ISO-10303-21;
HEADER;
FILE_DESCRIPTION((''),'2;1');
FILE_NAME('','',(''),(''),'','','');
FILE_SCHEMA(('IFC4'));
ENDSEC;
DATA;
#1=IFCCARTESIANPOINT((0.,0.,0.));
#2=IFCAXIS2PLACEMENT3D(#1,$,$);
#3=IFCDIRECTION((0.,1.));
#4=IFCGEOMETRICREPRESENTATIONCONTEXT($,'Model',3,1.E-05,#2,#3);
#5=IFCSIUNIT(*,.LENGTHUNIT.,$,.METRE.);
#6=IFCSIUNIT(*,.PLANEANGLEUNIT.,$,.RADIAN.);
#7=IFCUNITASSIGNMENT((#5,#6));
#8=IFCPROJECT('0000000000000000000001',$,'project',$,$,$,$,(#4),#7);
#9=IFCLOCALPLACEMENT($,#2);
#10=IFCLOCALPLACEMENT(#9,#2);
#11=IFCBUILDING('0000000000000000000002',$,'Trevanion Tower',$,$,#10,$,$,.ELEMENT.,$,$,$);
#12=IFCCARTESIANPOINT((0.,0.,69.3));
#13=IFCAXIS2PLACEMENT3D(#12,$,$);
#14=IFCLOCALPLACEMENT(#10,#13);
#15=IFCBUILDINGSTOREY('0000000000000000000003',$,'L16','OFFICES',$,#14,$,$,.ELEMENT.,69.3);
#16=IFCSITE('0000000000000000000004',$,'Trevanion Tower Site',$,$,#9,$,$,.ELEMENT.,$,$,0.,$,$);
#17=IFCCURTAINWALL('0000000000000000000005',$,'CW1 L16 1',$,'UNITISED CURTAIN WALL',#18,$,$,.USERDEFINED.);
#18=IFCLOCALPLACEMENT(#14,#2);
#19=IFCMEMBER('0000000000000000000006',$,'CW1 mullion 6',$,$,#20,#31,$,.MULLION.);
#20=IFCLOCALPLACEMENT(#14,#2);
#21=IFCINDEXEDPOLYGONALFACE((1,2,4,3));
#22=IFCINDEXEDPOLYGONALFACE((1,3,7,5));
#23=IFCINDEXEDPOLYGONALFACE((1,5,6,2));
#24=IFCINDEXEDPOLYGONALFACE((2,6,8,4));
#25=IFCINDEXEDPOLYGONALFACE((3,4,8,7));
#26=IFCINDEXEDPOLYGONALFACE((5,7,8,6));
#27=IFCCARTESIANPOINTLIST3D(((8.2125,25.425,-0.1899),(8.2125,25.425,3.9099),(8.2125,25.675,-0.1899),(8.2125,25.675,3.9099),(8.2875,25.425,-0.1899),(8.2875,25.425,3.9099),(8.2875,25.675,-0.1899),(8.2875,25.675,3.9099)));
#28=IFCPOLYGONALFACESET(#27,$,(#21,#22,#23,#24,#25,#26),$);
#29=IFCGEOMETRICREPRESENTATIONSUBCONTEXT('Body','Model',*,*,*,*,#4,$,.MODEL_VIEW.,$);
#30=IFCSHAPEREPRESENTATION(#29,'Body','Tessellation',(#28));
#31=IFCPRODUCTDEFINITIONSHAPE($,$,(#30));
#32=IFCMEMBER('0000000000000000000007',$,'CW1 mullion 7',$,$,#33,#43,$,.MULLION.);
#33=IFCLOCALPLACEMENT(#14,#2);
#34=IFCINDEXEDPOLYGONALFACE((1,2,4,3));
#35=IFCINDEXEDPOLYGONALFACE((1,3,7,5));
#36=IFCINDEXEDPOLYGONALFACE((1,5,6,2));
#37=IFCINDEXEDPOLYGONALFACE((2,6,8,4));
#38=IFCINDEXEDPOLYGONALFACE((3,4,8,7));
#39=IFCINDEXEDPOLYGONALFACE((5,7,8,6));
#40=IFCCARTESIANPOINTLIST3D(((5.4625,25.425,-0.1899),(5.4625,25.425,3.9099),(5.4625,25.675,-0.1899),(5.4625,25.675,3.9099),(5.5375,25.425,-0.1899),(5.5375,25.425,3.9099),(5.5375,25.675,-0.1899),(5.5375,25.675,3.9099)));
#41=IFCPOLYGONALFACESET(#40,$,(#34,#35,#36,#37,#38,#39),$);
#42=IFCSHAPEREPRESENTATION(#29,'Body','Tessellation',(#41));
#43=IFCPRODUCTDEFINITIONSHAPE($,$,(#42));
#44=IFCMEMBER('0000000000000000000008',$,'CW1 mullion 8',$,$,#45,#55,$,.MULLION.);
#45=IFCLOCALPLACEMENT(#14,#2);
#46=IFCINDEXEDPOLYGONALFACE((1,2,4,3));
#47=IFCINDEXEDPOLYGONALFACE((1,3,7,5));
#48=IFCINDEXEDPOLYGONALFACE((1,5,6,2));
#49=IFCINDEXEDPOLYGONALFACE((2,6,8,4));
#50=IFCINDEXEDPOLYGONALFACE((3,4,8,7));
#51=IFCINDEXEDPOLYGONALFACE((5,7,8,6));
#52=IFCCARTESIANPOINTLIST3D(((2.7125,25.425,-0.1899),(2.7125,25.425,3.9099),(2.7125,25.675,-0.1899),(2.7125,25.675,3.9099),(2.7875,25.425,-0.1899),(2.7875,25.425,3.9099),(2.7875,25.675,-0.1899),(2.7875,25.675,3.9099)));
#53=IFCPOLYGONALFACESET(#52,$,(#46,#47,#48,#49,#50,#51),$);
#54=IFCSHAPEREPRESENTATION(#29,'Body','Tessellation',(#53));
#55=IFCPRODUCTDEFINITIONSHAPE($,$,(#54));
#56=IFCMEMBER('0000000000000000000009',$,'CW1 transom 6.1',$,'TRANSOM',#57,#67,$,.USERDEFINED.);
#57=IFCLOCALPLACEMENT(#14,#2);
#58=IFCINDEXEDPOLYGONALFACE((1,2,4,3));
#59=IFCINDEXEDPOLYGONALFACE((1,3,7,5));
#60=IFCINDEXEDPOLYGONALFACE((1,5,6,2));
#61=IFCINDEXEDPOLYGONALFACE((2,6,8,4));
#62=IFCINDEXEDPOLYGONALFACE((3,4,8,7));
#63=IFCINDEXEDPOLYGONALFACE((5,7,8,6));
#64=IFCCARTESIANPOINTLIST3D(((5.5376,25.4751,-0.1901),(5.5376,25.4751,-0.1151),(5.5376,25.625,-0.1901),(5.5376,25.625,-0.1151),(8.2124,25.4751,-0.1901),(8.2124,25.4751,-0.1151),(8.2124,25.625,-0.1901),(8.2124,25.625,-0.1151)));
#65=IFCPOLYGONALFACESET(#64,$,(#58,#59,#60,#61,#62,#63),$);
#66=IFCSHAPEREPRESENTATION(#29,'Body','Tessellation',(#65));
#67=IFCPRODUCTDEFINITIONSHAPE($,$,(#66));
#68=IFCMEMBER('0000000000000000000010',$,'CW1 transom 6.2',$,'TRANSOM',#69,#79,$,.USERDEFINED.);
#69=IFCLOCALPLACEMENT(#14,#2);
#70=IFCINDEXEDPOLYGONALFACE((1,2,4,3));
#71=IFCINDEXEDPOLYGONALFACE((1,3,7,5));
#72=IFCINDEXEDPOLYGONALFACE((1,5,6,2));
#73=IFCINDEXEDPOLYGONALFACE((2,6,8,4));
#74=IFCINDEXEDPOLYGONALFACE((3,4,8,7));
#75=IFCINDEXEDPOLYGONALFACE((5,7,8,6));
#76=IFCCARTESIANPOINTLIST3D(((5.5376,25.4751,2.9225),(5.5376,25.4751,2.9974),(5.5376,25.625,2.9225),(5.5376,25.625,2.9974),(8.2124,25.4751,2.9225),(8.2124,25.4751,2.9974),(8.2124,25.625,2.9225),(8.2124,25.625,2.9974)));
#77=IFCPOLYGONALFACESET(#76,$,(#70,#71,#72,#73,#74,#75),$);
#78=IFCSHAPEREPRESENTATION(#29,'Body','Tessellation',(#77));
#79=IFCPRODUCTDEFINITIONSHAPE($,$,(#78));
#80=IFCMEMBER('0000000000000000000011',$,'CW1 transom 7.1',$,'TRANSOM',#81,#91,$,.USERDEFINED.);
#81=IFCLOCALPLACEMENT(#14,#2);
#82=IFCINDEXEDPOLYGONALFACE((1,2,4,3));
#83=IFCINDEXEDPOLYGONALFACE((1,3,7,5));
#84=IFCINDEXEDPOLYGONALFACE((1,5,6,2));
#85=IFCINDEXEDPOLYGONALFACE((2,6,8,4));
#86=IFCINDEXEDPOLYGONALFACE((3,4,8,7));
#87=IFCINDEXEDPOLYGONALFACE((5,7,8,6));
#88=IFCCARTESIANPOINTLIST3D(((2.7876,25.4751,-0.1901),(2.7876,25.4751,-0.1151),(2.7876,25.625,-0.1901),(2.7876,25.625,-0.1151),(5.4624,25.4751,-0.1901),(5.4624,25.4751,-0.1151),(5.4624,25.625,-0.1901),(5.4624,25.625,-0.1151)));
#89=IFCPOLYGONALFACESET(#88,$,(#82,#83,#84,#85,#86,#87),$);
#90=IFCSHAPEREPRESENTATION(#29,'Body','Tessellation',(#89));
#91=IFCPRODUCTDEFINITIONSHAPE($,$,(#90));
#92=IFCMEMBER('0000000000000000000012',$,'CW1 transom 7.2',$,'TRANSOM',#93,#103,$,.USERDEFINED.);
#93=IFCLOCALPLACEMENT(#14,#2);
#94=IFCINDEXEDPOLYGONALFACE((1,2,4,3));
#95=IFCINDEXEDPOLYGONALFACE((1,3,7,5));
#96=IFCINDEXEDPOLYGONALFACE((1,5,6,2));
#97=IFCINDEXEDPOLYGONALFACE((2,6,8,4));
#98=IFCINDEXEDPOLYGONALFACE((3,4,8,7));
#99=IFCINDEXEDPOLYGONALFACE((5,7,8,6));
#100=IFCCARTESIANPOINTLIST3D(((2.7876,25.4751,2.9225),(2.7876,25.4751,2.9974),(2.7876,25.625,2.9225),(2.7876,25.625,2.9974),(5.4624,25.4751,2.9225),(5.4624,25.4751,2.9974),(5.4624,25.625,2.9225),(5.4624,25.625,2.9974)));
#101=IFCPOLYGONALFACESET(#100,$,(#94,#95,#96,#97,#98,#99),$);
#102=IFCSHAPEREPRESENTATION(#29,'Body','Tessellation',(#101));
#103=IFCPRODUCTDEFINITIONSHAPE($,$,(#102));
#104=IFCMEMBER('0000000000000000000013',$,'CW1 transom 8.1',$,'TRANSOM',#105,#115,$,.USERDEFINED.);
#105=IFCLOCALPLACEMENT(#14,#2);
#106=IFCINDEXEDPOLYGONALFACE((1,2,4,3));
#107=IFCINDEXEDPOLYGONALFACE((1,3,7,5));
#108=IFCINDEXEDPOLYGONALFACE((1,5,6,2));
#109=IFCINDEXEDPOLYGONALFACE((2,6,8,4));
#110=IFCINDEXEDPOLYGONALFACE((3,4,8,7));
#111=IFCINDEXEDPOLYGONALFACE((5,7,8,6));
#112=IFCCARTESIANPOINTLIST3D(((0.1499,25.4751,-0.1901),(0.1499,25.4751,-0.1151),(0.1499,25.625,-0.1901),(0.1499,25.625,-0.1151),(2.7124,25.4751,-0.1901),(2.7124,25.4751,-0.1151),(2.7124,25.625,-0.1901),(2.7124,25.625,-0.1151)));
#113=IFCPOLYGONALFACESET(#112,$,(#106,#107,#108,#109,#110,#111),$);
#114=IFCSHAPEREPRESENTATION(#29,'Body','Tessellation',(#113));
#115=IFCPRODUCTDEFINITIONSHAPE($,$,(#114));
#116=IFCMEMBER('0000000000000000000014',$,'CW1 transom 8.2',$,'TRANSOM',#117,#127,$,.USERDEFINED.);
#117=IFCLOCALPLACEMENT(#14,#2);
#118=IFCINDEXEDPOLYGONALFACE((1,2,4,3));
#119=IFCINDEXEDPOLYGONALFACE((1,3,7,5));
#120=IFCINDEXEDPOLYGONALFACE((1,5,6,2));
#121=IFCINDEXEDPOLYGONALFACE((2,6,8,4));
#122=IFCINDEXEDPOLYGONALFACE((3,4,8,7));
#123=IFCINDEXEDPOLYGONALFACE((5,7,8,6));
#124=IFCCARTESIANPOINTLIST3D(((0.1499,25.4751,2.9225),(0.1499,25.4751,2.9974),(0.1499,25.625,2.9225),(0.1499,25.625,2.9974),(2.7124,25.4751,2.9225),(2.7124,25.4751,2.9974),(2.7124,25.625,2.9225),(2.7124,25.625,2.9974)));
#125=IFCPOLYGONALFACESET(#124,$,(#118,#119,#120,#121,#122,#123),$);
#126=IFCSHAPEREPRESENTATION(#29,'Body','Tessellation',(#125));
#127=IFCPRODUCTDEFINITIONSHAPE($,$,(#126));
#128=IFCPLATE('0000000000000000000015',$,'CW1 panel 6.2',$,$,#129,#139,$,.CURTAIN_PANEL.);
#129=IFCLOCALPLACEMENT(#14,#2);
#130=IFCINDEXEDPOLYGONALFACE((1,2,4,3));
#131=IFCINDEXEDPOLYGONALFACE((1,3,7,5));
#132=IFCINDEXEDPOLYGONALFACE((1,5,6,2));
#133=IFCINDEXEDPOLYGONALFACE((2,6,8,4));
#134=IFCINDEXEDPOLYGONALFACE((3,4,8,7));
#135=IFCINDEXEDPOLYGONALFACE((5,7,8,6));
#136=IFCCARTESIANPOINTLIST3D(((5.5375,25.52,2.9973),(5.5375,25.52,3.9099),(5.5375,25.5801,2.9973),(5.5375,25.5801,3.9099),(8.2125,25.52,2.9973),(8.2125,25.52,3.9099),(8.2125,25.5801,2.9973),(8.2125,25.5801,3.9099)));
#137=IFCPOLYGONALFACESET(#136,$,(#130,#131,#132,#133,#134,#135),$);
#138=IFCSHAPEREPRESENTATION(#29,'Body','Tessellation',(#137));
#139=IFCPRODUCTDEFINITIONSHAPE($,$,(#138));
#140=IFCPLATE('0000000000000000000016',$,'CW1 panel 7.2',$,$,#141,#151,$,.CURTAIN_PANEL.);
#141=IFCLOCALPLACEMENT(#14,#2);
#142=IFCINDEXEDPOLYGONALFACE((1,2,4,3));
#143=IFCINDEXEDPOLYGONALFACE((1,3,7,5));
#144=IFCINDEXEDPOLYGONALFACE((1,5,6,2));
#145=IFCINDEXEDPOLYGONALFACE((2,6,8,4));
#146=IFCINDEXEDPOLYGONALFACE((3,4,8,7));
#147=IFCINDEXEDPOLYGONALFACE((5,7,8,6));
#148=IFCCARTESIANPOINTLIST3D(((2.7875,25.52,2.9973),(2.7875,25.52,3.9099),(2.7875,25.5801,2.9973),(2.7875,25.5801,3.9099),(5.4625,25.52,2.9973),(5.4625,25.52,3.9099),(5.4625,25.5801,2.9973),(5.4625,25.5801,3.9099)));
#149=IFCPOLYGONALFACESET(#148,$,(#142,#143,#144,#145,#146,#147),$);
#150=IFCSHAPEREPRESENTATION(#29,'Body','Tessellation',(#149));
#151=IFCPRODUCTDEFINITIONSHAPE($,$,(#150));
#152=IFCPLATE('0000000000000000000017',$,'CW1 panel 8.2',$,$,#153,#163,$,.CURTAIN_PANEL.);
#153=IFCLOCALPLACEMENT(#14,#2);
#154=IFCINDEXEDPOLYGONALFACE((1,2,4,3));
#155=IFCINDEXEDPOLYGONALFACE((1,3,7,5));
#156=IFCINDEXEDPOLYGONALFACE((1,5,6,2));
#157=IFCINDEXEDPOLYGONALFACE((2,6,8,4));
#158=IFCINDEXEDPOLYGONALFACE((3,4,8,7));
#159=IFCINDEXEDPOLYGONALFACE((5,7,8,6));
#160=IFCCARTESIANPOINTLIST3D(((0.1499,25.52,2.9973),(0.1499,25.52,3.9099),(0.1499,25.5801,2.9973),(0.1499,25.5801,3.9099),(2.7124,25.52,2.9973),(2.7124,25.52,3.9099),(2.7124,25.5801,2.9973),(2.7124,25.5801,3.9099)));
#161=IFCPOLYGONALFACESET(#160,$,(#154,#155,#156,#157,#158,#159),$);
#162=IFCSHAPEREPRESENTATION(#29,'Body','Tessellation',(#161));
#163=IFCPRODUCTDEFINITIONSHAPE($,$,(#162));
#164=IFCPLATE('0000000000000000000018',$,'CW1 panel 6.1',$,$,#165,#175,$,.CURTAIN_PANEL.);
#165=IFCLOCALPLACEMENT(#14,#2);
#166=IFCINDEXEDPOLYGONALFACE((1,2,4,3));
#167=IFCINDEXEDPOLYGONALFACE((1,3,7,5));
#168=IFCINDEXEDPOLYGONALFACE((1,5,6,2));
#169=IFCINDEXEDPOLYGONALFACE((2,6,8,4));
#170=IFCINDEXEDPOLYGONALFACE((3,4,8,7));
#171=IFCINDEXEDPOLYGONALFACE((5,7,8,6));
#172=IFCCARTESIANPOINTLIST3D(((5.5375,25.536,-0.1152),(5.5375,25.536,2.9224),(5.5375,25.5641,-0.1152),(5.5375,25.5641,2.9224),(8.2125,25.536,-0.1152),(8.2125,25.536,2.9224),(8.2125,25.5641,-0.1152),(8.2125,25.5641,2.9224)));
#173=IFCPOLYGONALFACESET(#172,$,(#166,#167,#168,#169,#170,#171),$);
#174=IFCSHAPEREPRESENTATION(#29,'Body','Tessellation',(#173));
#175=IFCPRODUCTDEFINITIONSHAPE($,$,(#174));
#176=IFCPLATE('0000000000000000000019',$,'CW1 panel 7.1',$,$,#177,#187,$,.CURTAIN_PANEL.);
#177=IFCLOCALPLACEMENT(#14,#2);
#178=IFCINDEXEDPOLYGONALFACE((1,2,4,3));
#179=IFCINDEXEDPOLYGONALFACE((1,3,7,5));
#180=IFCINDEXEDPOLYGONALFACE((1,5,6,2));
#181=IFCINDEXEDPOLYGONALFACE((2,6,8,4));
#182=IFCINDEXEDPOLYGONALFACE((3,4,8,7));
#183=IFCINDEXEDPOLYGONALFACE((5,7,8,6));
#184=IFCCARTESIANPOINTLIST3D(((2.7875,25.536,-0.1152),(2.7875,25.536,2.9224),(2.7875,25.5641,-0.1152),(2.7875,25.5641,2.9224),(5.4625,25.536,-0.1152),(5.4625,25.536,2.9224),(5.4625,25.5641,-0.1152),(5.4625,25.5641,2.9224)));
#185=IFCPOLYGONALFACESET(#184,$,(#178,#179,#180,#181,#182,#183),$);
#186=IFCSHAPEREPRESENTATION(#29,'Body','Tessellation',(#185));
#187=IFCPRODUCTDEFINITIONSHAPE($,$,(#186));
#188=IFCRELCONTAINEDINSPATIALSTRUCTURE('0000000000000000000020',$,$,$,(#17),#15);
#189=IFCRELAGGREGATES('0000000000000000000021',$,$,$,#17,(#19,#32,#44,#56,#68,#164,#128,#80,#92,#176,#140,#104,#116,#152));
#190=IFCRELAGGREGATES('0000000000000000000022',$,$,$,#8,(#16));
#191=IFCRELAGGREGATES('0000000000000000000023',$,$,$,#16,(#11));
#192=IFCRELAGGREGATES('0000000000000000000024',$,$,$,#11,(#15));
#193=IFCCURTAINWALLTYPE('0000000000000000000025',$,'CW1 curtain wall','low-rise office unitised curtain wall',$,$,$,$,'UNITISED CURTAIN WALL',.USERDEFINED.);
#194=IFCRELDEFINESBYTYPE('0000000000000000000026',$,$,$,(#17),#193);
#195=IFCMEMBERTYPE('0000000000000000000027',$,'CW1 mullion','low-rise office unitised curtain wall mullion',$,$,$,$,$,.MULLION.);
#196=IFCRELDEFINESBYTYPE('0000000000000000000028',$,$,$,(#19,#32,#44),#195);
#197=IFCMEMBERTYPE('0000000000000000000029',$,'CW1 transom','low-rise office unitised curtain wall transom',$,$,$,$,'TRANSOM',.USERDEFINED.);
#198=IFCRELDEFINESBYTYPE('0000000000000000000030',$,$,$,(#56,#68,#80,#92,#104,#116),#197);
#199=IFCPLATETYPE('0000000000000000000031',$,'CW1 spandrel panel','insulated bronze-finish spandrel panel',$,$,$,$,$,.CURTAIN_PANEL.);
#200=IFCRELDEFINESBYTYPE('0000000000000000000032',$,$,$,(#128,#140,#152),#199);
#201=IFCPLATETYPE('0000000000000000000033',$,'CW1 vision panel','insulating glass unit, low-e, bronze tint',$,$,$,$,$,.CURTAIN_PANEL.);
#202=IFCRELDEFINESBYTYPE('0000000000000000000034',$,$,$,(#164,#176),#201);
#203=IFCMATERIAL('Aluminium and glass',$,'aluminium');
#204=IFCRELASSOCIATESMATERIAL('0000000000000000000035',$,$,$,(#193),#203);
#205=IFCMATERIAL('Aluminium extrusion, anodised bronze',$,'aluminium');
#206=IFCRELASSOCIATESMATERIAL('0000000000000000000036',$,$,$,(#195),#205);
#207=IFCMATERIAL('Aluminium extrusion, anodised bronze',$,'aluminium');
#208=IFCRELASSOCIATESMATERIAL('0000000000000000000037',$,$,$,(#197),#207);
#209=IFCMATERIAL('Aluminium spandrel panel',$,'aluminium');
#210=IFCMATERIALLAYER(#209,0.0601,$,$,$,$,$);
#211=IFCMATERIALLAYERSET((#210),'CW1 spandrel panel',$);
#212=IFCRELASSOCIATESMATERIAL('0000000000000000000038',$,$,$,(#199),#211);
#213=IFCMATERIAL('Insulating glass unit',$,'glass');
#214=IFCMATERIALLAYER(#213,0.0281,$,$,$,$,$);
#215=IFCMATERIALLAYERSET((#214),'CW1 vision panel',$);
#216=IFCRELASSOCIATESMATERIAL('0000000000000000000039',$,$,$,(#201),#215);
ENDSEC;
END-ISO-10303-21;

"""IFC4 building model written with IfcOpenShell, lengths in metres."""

from ifc_helpers import new_model, si_unit, direction, frame, origin, origin_2d, place, context, subcontext, project, spatial, rectangle, extrude, material, layer, layer_set, material_profile, profile_set, type_object, element, aggregate, save


model = new_model("IFC4")

# Units and contexts
model_context = context("Model", 3, precision=1e-05, world=origin(), true_north=direction((0.0, 1.0)))
body_context = subcontext(model_context, "Body", "Model", "MODEL_VIEW")
ifc_project = project(units=[si_unit("LENGTHUNIT", "METRE"), si_unit("PLANEANGLEUNIT", "RADIAN")], contexts=[model_context])

# Site, building, storey
site_placement = place(None, origin())
site = spatial("IfcSite", under=ifc_project, at=site_placement, Name="Trevanion Tower Site", CompositionType="ELEMENT", RefElevation=0.0)
building_placement = place(site_placement, origin())
building = spatial("IfcBuilding", under=site, at=building_placement, Name="Trevanion Tower", CompositionType="ELEMENT")
storey_placement = place(building_placement, frame((0.0, 0.0, 69.3)))
storey = spatial("IfcBuildingStorey", under=building, at=storey_placement, Name="L16", Description="OFFICES", CompositionType="ELEMENT", Elevation=69.3)

# Curtain wall, members, plates
ifc_material_1 = material(Name="Aluminium and glass", Category="aluminium")
curtain_wall_type = type_object("IfcCurtainWallType", Name="CW1 curtain wall", Description="low-rise office unitised curtain wall", ElementType="UNITISED CURTAIN WALL", PredefinedType="USERDEFINED", material=ifc_material_1)
curtain_wall_placement = place(storey_placement, origin())
curtain_wall = element("IfcCurtainWall", 1, at=curtain_wall_placement, inside=storey, type_object=curtain_wall_type, Name="CW1 L16 1", ObjectType="UNITISED CURTAIN WALL", PredefinedType="USERDEFINED")
ifc_material_2 = material(Name="Aluminium extrusion, anodised bronze", Category="aluminium")
ifc_material_profile_1 = material_profile(ifc_material_2, rectangle(XDim=0.075, YDim=0.25, at=origin_2d()), Name="CW1 mullion")
ifc_profile_set_1 = profile_set([ifc_material_profile_1], Name="Aluminium extrusion, anodised bronze")
member_type_1 = type_object("IfcMemberType", Name="CW1 mullion", Description="low-rise office unitised curtain wall mullion", PredefinedType="MULLION", material=ifc_profile_set_1)
member_1_placement = place(storey_placement, frame((8.25, 25.55, -0.1899), z_axis=(0.0, 0.0, 1.0), x_axis=(-1.0, 0.0, 0.0)))
member_1 = element("IfcMember", 2, at=member_1_placement, type_object=member_type_1, Name="CW1 mullion 6", PredefinedType="MULLION", context=body_context, shape_type="SweptSolid", body=[
    extrude(rectangle(XDim=0.075, YDim=0.25, at=origin_2d()), origin(), (0.0, 0.0, 1.0), 4.0999),
])
member_2_placement = place(storey_placement, frame((5.5, 25.55, -0.1899), z_axis=(0.0, 0.0, 1.0), x_axis=(-1.0, 0.0, 0.0)))
member_2 = element("IfcMember", 3, at=member_2_placement, type_object=member_type_1, Name="CW1 mullion 7", PredefinedType="MULLION", context=body_context, shape_type="SweptSolid", body=[
    extrude(rectangle(XDim=0.075, YDim=0.25, at=origin_2d()), origin(), (0.0, 0.0, 1.0), 4.0999),
])
member_3_placement = place(storey_placement, frame((2.75, 25.55, -0.1899), z_axis=(0.0, 0.0, 1.0), x_axis=(-1.0, 0.0, 0.0)))
member_3 = element("IfcMember", 4, at=member_3_placement, type_object=member_type_1, Name="CW1 mullion 8", PredefinedType="MULLION", context=body_context, shape_type="SweptSolid", body=[
    extrude(rectangle(XDim=0.075, YDim=0.25, at=origin_2d()), origin(), (0.0, 0.0, 1.0), 4.0999),
])
ifc_material_3 = material(Name="Aluminium extrusion, anodised bronze", Category="aluminium")
ifc_material_profile_2 = material_profile(ifc_material_3, rectangle(XDim=0.1499, YDim=0.075, at=origin_2d()), Name="CW1 transom")
ifc_profile_set_2 = profile_set([ifc_material_profile_2], Name="Aluminium extrusion, anodised bronze")
member_type_2 = type_object("IfcMemberType", Name="CW1 transom", Description="low-rise office unitised curtain wall transom", ElementType="TRANSOM", PredefinedType="USERDEFINED", material=ifc_profile_set_2)
member_4_placement = place(storey_placement, frame((8.2124, 25.55, -0.1526), z_axis=(-1.0, 0.0, 0.0), x_axis=(0.0, -1.0, 0.0)))
member_4 = element("IfcMember", 5, at=member_4_placement, type_object=member_type_2, Name="CW1 transom 6.1", ObjectType="TRANSOM", PredefinedType="USERDEFINED", context=body_context, shape_type="SweptSolid", body=[
    extrude(rectangle(XDim=0.1499, YDim=0.075, at=origin_2d()), origin(), (0.0, 0.0, 1.0), 2.6748),
])
member_5_placement = place(storey_placement, frame((8.2124, 25.55, 2.96), z_axis=(-1.0, 0.0, 0.0), x_axis=(0.0, -1.0, 0.0)))
member_5 = element("IfcMember", 6, at=member_5_placement, type_object=member_type_2, Name="CW1 transom 6.2", ObjectType="TRANSOM", PredefinedType="USERDEFINED", context=body_context, shape_type="SweptSolid", body=[
    extrude(rectangle(XDim=0.1499, YDim=0.075, at=origin_2d()), origin(), (0.0, 0.0, 1.0), 2.6748),
])
member_6_placement = place(storey_placement, frame((5.4624, 25.55, -0.1526), z_axis=(-1.0, 0.0, 0.0), x_axis=(0.0, -1.0, 0.0)))
member_6 = element("IfcMember", 7, at=member_6_placement, type_object=member_type_2, Name="CW1 transom 7.1", ObjectType="TRANSOM", PredefinedType="USERDEFINED", context=body_context, shape_type="SweptSolid", body=[
    extrude(rectangle(XDim=0.1499, YDim=0.075, at=origin_2d()), origin(), (0.0, 0.0, 1.0), 2.6748),
])
member_7_placement = place(storey_placement, frame((5.4624, 25.55, 2.96), z_axis=(-1.0, 0.0, 0.0), x_axis=(0.0, -1.0, 0.0)))
member_7 = element("IfcMember", 8, at=member_7_placement, type_object=member_type_2, Name="CW1 transom 7.2", ObjectType="TRANSOM", PredefinedType="USERDEFINED", context=body_context, shape_type="SweptSolid", body=[
    extrude(rectangle(XDim=0.1499, YDim=0.075, at=origin_2d()), origin(), (0.0, 0.0, 1.0), 2.6748),
])
member_8_placement = place(storey_placement, frame((2.7124, 25.55, -0.1526), z_axis=(-1.0, 0.0, 0.0), x_axis=(0.0, -1.0, 0.0)))
member_8 = element("IfcMember", 9, at=member_8_placement, type_object=member_type_2, Name="CW1 transom 8.1", ObjectType="TRANSOM", PredefinedType="USERDEFINED", context=body_context, shape_type="SweptSolid", body=[
    extrude(rectangle(XDim=0.1499, YDim=0.075, at=origin_2d()), origin(), (0.0, 0.0, 1.0), 2.5625),
])
member_9_placement = place(storey_placement, frame((2.7124, 25.55, 2.96), z_axis=(-1.0, 0.0, 0.0), x_axis=(0.0, -1.0, 0.0)))
member_9 = element("IfcMember", 10, at=member_9_placement, type_object=member_type_2, Name="CW1 transom 8.2", ObjectType="TRANSOM", PredefinedType="USERDEFINED", context=body_context, shape_type="SweptSolid", body=[
    extrude(rectangle(XDim=0.1499, YDim=0.075, at=origin_2d()), origin(), (0.0, 0.0, 1.0), 2.5625),
])
ifc_material_4 = material(Name="Aluminium spandrel panel", Category="aluminium")
ifc_layer_1 = layer(ifc_material_4, 0.0601)
ifc_layer_set_1 = layer_set([ifc_layer_1], Name="CW1 spandrel panel")
plate_type_1 = type_object("IfcPlateType", Name="CW1 spandrel panel", Description="insulated bronze-finish spandrel panel", PredefinedType="CURTAIN_PANEL", material=ifc_layer_set_1)
plate_1_placement = place(storey_placement, frame((6.875, 25.55, 2.9973), z_axis=(0.0, 0.0, 1.0), x_axis=(-1.0, 0.0, 0.0)))
plate_1 = element("IfcPlate", 11, at=plate_1_placement, type_object=plate_type_1, Name="CW1 panel 6.2", PredefinedType="CURTAIN_PANEL", context=body_context, shape_type="SweptSolid", body=[
    extrude(rectangle(XDim=2.675, YDim=0.0601, at=origin_2d()), origin(), (0.0, 0.0, 1.0), 0.9126),
])
plate_2_placement = place(storey_placement, frame((4.125, 25.55, 2.9973), z_axis=(0.0, 0.0, 1.0), x_axis=(-1.0, 0.0, 0.0)))
plate_2 = element("IfcPlate", 12, at=plate_2_placement, type_object=plate_type_1, Name="CW1 panel 7.2", PredefinedType="CURTAIN_PANEL", context=body_context, shape_type="SweptSolid", body=[
    extrude(rectangle(XDim=2.675, YDim=0.0601, at=origin_2d()), origin(), (0.0, 0.0, 1.0), 0.9126),
])
plate_3_placement = place(storey_placement, frame((1.4312, 25.55, 2.9973), z_axis=(0.0, 0.0, 1.0), x_axis=(-1.0, 0.0, 0.0)))
plate_3 = element("IfcPlate", 13, at=plate_3_placement, type_object=plate_type_1, Name="CW1 panel 8.2", PredefinedType="CURTAIN_PANEL", context=body_context, shape_type="SweptSolid", body=[
    extrude(rectangle(XDim=2.5625, YDim=0.0601, at=origin_2d()), origin(), (0.0, 0.0, 1.0), 0.9126),
])
ifc_material_5 = material(Name="Insulating glass unit", Category="glass")
ifc_layer_2 = layer(ifc_material_5, 0.0281)
ifc_layer_set_2 = layer_set([ifc_layer_2], Name="CW1 vision panel")
plate_type_2 = type_object("IfcPlateType", Name="CW1 vision panel", Description="insulating glass unit, low-e, bronze tint", PredefinedType="CURTAIN_PANEL", material=ifc_layer_set_2)
plate_4_placement = place(storey_placement, frame((6.875, 25.55, -0.1152), z_axis=(0.0, 0.0, 1.0), x_axis=(-1.0, 0.0, 0.0)))
plate_4 = element("IfcPlate", 14, at=plate_4_placement, type_object=plate_type_2, Name="CW1 panel 6.1", PredefinedType="CURTAIN_PANEL", context=body_context, shape_type="SweptSolid", body=[
    extrude(rectangle(XDim=2.675, YDim=0.0281, at=origin_2d()), origin(), (0.0, 0.0, 1.0), 3.0376),
])
plate_5_placement = place(storey_placement, frame((4.125, 25.55, -0.1152), z_axis=(0.0, 0.0, 1.0), x_axis=(-1.0, 0.0, 0.0)))
plate_5 = element("IfcPlate", 15, at=plate_5_placement, type_object=plate_type_2, Name="CW1 panel 7.1", PredefinedType="CURTAIN_PANEL", context=body_context, shape_type="SweptSolid", body=[
    extrude(rectangle(XDim=2.675, YDim=0.0281, at=origin_2d()), origin(), (0.0, 0.0, 1.0), 3.0376),
])
aggregate(curtain_wall, [member_1, member_2, member_3, member_4, member_5, plate_4, plate_1, member_6, member_7, plate_5, plate_2, member_8, member_9, plate_3])

save(model, "model.ifc")
